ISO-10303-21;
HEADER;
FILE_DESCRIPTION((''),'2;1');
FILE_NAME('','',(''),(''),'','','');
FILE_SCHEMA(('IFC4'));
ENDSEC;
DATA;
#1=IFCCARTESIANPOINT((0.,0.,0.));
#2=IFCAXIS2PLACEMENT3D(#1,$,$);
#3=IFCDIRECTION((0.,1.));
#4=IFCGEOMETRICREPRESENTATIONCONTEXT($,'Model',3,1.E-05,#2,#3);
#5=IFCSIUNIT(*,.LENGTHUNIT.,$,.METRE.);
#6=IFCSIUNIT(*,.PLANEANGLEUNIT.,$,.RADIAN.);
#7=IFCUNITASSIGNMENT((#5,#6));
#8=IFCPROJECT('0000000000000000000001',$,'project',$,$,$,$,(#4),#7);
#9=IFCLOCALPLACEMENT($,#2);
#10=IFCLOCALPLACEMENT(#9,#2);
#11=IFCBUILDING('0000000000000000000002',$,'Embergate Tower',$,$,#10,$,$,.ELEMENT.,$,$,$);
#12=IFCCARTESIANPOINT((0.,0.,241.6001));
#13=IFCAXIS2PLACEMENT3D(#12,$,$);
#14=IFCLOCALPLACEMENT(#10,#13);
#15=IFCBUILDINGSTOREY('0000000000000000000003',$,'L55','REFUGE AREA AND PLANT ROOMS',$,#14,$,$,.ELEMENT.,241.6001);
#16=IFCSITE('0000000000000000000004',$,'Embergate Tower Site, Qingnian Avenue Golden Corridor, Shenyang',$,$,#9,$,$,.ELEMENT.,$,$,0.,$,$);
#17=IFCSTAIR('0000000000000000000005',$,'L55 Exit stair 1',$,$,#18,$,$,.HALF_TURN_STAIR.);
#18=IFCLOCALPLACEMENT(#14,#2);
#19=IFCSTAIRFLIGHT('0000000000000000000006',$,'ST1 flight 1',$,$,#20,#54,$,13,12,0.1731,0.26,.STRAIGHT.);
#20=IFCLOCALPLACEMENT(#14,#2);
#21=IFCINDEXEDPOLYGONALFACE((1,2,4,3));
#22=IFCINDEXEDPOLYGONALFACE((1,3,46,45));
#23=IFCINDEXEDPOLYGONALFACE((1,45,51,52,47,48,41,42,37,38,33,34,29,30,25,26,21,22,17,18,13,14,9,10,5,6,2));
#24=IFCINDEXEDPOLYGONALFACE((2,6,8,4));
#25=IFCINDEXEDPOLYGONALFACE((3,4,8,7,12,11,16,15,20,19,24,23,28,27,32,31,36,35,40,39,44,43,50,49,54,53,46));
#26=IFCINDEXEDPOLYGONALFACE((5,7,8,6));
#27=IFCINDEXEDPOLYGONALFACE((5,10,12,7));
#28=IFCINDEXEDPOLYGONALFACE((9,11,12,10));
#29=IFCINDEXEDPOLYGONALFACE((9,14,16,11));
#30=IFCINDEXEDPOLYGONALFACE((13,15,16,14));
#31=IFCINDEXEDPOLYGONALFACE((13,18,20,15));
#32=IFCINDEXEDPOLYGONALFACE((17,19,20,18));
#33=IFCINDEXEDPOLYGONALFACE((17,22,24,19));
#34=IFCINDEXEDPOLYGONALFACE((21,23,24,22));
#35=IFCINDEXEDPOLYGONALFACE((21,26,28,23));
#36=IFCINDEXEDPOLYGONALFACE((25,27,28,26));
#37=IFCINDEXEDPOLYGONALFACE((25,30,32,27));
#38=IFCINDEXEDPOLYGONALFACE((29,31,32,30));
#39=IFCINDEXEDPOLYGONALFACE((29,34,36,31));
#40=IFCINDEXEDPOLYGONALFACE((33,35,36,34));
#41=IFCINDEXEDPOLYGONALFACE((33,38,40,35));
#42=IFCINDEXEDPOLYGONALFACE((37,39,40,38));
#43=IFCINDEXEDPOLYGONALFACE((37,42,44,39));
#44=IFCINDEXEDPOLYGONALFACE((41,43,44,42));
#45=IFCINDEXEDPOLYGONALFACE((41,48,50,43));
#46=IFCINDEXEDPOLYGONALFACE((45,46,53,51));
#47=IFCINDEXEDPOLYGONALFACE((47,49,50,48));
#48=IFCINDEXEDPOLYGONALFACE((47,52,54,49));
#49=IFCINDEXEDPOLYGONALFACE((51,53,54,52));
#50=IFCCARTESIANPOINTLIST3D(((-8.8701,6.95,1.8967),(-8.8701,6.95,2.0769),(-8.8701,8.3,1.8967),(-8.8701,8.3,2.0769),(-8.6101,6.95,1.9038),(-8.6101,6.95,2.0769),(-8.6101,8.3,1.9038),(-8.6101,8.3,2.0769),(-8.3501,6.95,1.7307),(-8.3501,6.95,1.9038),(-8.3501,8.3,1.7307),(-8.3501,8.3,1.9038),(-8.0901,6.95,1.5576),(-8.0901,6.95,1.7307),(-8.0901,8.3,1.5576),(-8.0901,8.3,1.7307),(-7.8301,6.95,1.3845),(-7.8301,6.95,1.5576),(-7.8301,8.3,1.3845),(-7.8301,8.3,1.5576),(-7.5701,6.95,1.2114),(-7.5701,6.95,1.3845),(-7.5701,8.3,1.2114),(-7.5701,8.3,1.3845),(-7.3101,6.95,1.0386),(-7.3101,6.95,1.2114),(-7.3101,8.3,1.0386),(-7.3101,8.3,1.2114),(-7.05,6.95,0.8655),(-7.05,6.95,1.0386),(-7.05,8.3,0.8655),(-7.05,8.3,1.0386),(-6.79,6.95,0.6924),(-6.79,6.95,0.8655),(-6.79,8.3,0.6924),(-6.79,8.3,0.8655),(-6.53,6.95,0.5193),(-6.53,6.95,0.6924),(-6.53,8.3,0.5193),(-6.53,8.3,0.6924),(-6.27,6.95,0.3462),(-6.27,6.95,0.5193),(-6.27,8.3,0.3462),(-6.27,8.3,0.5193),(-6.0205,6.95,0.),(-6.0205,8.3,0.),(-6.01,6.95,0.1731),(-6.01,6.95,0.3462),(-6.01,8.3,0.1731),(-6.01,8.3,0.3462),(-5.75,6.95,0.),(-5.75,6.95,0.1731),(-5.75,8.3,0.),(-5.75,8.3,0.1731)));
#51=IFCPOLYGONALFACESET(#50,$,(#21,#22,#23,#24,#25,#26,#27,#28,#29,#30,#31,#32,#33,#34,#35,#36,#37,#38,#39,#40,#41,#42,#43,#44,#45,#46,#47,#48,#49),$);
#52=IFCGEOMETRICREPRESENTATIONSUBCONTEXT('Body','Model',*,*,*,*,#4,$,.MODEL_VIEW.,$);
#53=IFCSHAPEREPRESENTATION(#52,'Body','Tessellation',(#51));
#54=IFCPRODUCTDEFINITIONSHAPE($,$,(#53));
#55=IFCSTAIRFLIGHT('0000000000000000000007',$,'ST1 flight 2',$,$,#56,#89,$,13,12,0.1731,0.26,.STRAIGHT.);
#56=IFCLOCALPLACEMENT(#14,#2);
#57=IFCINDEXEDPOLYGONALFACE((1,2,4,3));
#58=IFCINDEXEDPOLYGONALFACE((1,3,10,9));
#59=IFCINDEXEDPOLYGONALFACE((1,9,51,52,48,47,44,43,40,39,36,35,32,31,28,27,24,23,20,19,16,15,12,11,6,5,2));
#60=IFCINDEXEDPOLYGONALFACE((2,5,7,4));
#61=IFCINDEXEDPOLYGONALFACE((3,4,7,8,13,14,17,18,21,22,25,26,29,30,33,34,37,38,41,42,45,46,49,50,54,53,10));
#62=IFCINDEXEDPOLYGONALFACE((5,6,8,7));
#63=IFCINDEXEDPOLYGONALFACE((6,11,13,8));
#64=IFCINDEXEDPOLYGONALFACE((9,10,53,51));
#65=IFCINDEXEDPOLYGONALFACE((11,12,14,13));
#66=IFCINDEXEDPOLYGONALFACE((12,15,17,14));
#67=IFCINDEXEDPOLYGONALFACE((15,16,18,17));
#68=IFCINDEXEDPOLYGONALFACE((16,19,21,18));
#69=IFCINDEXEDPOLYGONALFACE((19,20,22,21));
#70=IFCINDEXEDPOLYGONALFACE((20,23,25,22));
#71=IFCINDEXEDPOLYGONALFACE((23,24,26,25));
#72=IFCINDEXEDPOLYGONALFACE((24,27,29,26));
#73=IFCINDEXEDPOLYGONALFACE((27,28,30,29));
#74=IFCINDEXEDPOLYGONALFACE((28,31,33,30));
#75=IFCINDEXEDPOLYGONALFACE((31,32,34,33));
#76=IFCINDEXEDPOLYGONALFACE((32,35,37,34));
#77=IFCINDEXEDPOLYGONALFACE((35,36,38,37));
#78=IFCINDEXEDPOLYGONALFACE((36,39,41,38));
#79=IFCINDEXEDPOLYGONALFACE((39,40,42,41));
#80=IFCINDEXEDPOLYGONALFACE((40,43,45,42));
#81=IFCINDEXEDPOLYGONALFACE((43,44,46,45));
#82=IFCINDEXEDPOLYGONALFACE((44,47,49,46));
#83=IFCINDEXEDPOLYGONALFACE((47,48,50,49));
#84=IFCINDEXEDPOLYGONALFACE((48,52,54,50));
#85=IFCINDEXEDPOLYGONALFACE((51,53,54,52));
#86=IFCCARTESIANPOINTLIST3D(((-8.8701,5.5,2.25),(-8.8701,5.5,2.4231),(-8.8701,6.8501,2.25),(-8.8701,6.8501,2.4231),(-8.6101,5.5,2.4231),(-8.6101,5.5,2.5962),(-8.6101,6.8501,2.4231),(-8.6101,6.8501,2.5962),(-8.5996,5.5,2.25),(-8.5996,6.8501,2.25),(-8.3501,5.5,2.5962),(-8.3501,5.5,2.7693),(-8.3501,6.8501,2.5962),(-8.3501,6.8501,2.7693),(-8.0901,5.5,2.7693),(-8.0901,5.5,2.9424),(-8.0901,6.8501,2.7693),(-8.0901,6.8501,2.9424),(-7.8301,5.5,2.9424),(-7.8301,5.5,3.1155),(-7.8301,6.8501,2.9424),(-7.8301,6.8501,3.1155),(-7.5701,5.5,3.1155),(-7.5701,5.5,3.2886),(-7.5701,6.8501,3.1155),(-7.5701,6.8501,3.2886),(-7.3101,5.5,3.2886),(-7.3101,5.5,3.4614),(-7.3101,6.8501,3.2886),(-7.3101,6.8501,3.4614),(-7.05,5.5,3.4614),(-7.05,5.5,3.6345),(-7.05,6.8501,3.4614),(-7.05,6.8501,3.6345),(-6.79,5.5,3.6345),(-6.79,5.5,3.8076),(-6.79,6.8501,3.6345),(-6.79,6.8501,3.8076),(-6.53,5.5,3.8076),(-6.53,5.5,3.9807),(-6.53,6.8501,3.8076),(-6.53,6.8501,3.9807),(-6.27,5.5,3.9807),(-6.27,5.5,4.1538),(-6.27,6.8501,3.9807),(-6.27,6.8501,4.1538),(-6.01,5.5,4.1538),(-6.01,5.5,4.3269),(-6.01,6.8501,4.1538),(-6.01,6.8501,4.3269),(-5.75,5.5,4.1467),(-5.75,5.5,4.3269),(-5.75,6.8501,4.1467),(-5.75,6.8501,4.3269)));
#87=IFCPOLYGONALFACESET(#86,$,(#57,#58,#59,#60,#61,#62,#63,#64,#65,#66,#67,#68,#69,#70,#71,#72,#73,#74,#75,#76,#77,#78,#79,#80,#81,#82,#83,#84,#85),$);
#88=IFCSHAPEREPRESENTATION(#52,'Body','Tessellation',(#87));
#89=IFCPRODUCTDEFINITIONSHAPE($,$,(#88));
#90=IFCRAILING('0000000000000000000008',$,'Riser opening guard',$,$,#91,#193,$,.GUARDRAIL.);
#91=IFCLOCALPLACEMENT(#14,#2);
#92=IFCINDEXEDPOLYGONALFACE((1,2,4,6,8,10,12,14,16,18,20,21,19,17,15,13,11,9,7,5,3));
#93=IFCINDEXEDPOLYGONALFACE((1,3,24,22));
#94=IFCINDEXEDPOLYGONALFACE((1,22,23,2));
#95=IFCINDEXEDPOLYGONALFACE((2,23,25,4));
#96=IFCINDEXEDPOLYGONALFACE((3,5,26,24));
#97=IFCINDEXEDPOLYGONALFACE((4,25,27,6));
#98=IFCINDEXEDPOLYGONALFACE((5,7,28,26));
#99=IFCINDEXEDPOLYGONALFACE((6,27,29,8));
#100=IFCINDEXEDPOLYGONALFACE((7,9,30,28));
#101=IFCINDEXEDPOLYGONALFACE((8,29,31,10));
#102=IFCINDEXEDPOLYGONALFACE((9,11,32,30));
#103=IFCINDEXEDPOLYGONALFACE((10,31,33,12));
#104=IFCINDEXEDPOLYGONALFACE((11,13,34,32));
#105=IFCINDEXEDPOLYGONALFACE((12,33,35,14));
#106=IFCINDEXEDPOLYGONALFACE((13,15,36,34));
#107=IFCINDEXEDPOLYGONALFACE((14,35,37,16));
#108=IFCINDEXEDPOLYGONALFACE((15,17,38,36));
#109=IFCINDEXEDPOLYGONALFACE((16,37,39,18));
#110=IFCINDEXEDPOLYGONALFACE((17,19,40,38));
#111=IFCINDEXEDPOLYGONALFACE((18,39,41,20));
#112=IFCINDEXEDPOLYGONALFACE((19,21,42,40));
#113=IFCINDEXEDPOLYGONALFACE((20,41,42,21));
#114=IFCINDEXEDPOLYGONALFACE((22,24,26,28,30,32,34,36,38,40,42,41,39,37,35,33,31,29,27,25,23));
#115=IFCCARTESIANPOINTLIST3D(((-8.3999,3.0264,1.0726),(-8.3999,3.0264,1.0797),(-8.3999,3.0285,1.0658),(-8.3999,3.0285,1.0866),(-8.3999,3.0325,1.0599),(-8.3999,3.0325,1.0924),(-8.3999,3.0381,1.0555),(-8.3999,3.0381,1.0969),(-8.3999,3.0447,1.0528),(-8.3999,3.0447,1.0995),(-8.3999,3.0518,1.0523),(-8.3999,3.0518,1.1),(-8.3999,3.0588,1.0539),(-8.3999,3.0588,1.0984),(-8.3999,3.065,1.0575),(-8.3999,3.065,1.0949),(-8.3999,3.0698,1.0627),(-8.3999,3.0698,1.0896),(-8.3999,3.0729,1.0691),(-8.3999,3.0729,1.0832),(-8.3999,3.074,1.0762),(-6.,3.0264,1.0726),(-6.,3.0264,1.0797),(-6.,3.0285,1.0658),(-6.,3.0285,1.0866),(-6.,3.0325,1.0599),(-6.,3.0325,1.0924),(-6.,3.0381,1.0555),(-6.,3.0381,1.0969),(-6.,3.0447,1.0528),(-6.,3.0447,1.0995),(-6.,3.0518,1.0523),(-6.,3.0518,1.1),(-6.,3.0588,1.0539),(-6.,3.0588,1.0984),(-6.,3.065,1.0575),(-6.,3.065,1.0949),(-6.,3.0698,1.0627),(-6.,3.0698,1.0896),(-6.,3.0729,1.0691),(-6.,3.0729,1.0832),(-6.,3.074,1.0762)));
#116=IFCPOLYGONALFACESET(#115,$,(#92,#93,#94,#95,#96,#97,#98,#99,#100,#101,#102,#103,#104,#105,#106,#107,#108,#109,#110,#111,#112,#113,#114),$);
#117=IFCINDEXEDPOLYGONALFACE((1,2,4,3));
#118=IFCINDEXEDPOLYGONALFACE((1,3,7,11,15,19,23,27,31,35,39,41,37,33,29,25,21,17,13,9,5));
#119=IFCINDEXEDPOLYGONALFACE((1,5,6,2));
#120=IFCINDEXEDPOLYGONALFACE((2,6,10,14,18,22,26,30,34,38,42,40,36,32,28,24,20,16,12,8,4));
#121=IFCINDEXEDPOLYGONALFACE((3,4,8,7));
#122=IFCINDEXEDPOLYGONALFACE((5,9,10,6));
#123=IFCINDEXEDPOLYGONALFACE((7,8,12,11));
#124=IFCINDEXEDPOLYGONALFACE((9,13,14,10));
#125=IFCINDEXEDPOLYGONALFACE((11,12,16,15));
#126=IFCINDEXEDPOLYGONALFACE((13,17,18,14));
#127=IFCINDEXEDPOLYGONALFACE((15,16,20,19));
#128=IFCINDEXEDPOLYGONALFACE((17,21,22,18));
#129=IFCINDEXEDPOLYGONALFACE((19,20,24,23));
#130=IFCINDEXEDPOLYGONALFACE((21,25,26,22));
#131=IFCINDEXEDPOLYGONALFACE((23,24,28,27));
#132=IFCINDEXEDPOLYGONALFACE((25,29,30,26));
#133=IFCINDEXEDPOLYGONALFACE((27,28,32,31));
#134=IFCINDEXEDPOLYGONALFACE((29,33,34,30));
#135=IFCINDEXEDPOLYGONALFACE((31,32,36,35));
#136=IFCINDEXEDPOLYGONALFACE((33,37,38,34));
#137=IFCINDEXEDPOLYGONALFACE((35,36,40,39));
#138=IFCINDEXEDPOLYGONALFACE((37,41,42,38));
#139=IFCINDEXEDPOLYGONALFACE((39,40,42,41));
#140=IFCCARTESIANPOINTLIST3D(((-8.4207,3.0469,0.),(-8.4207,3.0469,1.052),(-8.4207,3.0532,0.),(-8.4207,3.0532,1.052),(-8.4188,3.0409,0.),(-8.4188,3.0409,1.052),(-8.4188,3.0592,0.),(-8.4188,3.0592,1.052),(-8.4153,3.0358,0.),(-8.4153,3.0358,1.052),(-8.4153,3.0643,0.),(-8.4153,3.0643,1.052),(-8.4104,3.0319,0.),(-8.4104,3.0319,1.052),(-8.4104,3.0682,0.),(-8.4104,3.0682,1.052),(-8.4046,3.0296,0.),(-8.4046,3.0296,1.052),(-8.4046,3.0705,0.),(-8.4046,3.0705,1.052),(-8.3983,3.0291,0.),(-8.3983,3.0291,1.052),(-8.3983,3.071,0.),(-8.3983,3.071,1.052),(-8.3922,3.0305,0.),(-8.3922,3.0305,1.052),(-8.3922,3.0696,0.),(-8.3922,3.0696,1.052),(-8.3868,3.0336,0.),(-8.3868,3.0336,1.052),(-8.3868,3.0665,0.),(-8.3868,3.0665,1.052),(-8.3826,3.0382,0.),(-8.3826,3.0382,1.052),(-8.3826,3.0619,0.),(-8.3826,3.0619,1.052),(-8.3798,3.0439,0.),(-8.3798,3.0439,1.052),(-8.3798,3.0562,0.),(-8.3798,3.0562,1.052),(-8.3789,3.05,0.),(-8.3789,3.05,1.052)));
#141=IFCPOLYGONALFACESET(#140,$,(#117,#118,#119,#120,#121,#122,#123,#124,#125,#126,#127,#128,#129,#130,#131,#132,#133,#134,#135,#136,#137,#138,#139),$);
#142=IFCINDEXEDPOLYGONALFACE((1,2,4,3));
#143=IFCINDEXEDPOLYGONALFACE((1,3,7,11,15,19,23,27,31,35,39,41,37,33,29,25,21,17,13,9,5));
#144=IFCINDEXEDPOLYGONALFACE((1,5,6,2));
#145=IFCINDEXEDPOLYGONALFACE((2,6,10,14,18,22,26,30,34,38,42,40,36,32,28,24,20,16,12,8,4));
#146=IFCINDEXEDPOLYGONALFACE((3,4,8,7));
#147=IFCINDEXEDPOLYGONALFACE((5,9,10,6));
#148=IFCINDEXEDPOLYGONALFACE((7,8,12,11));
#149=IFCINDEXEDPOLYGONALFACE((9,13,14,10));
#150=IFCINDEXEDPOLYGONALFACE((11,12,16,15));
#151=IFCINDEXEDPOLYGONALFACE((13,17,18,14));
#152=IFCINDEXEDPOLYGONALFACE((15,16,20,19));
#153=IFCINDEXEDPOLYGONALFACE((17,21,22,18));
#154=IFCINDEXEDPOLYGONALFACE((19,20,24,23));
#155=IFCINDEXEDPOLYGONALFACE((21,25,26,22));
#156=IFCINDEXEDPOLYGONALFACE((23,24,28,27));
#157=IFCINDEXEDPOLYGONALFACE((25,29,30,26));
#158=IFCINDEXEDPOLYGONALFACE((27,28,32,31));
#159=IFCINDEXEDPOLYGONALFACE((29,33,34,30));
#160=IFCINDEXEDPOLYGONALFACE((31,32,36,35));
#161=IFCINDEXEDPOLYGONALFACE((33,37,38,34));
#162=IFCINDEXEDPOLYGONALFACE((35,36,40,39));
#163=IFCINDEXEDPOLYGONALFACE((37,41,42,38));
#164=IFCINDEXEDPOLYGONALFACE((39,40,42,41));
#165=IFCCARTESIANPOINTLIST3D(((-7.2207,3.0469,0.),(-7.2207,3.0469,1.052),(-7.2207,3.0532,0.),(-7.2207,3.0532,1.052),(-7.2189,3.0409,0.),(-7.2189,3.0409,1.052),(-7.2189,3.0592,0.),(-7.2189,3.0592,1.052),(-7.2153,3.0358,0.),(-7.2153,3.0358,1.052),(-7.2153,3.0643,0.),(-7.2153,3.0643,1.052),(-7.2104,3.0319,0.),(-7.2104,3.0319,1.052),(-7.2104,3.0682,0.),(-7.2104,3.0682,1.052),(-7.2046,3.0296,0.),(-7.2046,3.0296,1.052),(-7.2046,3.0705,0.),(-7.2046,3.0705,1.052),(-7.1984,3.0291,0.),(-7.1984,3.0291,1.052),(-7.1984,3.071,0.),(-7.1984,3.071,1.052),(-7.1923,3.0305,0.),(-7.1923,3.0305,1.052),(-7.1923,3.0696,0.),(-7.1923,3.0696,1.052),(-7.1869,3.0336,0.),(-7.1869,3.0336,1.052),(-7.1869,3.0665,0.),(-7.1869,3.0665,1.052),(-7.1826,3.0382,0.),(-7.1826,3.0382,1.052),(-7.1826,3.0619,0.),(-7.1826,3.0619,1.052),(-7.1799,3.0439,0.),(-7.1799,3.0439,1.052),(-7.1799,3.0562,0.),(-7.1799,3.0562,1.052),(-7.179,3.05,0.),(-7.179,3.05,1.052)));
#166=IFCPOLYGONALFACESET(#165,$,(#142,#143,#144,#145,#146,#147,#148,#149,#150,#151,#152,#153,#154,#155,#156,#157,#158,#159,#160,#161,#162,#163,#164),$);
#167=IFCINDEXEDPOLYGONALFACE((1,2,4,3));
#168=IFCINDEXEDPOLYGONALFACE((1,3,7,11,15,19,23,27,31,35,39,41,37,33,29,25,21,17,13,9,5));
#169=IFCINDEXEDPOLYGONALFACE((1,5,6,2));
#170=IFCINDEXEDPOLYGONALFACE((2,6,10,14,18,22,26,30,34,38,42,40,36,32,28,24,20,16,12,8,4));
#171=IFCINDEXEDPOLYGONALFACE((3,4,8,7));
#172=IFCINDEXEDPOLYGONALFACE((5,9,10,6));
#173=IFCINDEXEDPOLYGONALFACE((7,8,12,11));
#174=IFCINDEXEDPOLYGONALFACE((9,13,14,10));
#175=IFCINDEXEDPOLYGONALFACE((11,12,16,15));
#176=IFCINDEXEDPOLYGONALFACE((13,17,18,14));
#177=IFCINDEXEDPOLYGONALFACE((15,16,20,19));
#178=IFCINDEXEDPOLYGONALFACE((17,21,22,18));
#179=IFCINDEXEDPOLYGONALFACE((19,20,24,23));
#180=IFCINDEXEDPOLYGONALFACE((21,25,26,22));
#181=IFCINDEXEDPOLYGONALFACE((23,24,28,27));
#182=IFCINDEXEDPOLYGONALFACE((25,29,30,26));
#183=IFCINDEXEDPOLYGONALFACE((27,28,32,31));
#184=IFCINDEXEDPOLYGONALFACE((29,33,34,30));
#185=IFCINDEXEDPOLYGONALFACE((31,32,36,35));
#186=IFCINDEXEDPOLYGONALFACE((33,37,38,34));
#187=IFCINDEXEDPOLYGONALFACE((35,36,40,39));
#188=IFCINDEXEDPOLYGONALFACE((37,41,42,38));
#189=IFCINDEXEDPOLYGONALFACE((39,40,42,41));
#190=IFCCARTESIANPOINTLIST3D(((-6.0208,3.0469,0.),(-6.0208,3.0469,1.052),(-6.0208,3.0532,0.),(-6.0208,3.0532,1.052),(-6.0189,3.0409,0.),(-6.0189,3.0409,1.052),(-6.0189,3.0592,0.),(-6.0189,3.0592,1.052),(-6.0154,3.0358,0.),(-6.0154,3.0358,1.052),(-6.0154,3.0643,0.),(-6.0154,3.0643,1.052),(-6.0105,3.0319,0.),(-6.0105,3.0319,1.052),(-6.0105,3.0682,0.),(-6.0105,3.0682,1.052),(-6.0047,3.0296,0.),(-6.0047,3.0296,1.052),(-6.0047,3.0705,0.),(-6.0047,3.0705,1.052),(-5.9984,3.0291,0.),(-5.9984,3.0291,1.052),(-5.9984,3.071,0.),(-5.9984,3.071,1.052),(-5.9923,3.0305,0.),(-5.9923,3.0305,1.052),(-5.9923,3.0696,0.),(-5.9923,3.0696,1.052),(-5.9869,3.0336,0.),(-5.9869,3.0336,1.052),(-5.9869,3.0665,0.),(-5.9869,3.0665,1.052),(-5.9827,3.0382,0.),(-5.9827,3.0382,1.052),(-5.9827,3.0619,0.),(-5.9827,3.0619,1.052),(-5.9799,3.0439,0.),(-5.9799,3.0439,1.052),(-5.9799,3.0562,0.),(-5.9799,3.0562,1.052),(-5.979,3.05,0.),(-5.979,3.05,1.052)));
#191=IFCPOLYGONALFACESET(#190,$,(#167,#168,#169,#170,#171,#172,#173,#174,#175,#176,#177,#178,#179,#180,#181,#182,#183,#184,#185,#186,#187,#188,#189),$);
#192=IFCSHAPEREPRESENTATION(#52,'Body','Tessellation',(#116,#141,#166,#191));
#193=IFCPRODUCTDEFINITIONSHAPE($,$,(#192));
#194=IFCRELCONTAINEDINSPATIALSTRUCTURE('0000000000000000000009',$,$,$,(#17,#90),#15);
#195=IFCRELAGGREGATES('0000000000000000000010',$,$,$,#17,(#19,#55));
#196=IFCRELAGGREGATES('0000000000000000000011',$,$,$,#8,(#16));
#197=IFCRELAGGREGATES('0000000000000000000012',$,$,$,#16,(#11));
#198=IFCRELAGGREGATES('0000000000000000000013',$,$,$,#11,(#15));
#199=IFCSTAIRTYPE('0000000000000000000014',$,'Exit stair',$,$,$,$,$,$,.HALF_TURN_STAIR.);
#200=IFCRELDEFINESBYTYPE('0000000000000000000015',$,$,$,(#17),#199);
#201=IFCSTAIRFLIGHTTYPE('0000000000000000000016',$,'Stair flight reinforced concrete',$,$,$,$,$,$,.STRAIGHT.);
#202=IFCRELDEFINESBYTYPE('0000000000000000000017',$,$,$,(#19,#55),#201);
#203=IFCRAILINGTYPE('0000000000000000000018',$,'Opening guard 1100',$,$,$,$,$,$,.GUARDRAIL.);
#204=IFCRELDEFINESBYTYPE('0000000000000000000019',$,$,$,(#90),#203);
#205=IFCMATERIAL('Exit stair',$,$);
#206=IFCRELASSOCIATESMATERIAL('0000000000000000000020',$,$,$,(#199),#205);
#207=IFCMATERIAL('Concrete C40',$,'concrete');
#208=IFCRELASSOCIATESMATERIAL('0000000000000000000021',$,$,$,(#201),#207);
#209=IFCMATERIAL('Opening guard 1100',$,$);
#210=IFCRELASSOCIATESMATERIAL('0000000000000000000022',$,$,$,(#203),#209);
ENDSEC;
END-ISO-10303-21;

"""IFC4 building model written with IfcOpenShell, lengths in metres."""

from ifc_helpers import new_model, si_unit, direction, frame, origin, origin_2d, place, context, subcontext, project, spatial, polyline, circle, outline, extrude, source, transform, mapped, material, type_object, element, aggregate, save


model = new_model("IFC4")

# Units and contexts
model_context = context("Model", 3, precision=1e-05, world=origin(), true_north=direction((0.0, 1.0)))
body_context = subcontext(model_context, "Body", "Model", "MODEL_VIEW")
ifc_project = project(units=[si_unit("LENGTHUNIT", "METRE"), si_unit("PLANEANGLEUNIT", "RADIAN")], contexts=[model_context])

# Site, building, storey
site_placement = place(None, origin())
site = spatial("IfcSite", under=ifc_project, at=site_placement, Name="Embergate Tower Site, Qingnian Avenue Golden Corridor, Shenyang", CompositionType="ELEMENT", RefElevation=0.0)
building_placement = place(site_placement, origin())
building = spatial("IfcBuilding", under=site, at=building_placement, Name="Embergate Tower", CompositionType="ELEMENT")
storey_placement = place(building_placement, frame((0.0, 0.0, 241.6001)))
storey = spatial("IfcBuildingStorey", under=building, at=storey_placement, Name="L55", Description="REFUGE AREA AND PLANT ROOMS", CompositionType="ELEMENT", Elevation=241.6001)

# Stair
ifc_material_1 = material(Name="Exit stair")
stair_type = type_object("IfcStairType", Name="Exit stair", PredefinedType="HALF_TURN_STAIR", material=ifc_material_1)
stair_placement = place(storey_placement, origin())
stair = element("IfcStair", 1, at=stair_placement, inside=storey, type_object=stair_type, Name="L55 Exit stair 1", PredefinedType="HALF_TURN_STAIR")
ifc_material_2 = material(Name="Concrete C40", Category="concrete")

# Stair flights
stair_flight_type = type_object("IfcStairFlightType", Name="Stair flight reinforced concrete", PredefinedType="STRAIGHT", material=ifc_material_2)
shared_shape_1 = source(origin(), body_context, "Body", "SweptSolid", [
    extrude(outline(polyline([(0.0, 0.0), (0.0, 0.1731), (0.26, 0.1731), (0.26, 0.3462), (0.52, 0.3462), (0.52, 0.5193), (0.78, 0.5193), (0.78, 0.6924), (1.04, 0.6924), (1.04, 0.8655), (1.3, 0.8655), (1.3, 1.0386), (1.5601, 1.0386), (1.5601, 1.2114), (1.8201, 1.2114), (1.8201, 1.3845), (2.0801, 1.3845), (2.0801, 1.5576), (2.3401, 1.5576), (2.3401, 1.7307), (2.6001, 1.7307), (2.6001, 1.9038), (2.8601, 1.9038), (2.8601, 2.0769), (3.1201, 2.0769), (3.1201, 2.25), (3.1201, 1.8967), (0.2705, 0.0), (0.0, 0.0)])), frame((0.0, 0.675, 0.0), z_axis=(0.0, -1.0, 0.0), x_axis=(1.0, 0.0, 0.0)), (0.0, 0.0, 1.0), 1.3501),
])
stair_flight_1_placement = place(storey_placement, frame((-5.75, 7.625, 0.0), z_axis=(0.0, 0.0, 1.0), x_axis=(-1.0, 0.0, 0.0)))
stair_flight_1 = element("IfcStairFlight", 2, at=stair_flight_1_placement, type_object=stair_flight_type, Name="ST1 flight 1", NumberOfRisers=13, NumberOfTreads=12, PredefinedType="STRAIGHT", RiserHeight=0.1731, TreadLength=0.26, context=body_context, shape_type="MappedRepresentation", body=[
    mapped(shared_shape_1, transform((0.0, 0.0, 0.0))),
])
stair_flight_2_placement = place(storey_placement, frame((-8.8701, 6.175, 2.25), z_axis=(0.0, 0.0, 1.0), x_axis=(1.0, 0.0, 0.0)))
stair_flight_2 = element("IfcStairFlight", 3, at=stair_flight_2_placement, type_object=stair_flight_type, Name="ST1 flight 2", NumberOfRisers=13, NumberOfTreads=12, PredefinedType="STRAIGHT", RiserHeight=0.1731, TreadLength=0.26, context=body_context, shape_type="MappedRepresentation", body=[
    mapped(shared_shape_1, transform((0.0, 0.0, 0.0))),
])
aggregate(stair, [stair_flight_1, stair_flight_2])

# Railing
ifc_material_3 = material(Name="Opening guard 1100")
railing_type_1 = type_object("IfcRailingType", Name="Opening guard 1100", PredefinedType="GUARDRAIL", material=ifc_material_3)
shared_shape_2 = source(origin(), body_context, "Body", "SweptSolid", [
    extrude(circle(Radius=0.0239, at=origin_2d()), frame((0.0, 0.0, 1.0762), z_axis=(1.0, 0.0, 0.0), x_axis=(0.0, 1.0, 0.0)), (0.0, 0.0, 1.0), 2.3999),
    extrude(circle(Radius=0.021, at=origin_2d()), origin(), (0.0, 0.0, 1.0), 1.052),
    extrude(circle(Radius=0.021, at=origin_2d()), frame((1.2, 0.0, 0.0)), (0.0, 0.0, 1.0), 1.052),
    extrude(circle(Radius=0.021, at=origin_2d()), frame((2.3999, 0.0, 0.0)), (0.0, 0.0, 1.0), 1.052),
])
railing_1_placement = place(storey_placement, frame((-8.3999, 3.05, 0.0)))
element("IfcRailing", 4, at=railing_1_placement, inside=storey, type_object=railing_type_1, Name="Riser opening guard", PredefinedType="GUARDRAIL", context=body_context, shape_type="MappedRepresentation", body=[
    mapped(shared_shape_2, transform((0.0, 0.0, 0.0))),
])

save(model, "model.ifc")
